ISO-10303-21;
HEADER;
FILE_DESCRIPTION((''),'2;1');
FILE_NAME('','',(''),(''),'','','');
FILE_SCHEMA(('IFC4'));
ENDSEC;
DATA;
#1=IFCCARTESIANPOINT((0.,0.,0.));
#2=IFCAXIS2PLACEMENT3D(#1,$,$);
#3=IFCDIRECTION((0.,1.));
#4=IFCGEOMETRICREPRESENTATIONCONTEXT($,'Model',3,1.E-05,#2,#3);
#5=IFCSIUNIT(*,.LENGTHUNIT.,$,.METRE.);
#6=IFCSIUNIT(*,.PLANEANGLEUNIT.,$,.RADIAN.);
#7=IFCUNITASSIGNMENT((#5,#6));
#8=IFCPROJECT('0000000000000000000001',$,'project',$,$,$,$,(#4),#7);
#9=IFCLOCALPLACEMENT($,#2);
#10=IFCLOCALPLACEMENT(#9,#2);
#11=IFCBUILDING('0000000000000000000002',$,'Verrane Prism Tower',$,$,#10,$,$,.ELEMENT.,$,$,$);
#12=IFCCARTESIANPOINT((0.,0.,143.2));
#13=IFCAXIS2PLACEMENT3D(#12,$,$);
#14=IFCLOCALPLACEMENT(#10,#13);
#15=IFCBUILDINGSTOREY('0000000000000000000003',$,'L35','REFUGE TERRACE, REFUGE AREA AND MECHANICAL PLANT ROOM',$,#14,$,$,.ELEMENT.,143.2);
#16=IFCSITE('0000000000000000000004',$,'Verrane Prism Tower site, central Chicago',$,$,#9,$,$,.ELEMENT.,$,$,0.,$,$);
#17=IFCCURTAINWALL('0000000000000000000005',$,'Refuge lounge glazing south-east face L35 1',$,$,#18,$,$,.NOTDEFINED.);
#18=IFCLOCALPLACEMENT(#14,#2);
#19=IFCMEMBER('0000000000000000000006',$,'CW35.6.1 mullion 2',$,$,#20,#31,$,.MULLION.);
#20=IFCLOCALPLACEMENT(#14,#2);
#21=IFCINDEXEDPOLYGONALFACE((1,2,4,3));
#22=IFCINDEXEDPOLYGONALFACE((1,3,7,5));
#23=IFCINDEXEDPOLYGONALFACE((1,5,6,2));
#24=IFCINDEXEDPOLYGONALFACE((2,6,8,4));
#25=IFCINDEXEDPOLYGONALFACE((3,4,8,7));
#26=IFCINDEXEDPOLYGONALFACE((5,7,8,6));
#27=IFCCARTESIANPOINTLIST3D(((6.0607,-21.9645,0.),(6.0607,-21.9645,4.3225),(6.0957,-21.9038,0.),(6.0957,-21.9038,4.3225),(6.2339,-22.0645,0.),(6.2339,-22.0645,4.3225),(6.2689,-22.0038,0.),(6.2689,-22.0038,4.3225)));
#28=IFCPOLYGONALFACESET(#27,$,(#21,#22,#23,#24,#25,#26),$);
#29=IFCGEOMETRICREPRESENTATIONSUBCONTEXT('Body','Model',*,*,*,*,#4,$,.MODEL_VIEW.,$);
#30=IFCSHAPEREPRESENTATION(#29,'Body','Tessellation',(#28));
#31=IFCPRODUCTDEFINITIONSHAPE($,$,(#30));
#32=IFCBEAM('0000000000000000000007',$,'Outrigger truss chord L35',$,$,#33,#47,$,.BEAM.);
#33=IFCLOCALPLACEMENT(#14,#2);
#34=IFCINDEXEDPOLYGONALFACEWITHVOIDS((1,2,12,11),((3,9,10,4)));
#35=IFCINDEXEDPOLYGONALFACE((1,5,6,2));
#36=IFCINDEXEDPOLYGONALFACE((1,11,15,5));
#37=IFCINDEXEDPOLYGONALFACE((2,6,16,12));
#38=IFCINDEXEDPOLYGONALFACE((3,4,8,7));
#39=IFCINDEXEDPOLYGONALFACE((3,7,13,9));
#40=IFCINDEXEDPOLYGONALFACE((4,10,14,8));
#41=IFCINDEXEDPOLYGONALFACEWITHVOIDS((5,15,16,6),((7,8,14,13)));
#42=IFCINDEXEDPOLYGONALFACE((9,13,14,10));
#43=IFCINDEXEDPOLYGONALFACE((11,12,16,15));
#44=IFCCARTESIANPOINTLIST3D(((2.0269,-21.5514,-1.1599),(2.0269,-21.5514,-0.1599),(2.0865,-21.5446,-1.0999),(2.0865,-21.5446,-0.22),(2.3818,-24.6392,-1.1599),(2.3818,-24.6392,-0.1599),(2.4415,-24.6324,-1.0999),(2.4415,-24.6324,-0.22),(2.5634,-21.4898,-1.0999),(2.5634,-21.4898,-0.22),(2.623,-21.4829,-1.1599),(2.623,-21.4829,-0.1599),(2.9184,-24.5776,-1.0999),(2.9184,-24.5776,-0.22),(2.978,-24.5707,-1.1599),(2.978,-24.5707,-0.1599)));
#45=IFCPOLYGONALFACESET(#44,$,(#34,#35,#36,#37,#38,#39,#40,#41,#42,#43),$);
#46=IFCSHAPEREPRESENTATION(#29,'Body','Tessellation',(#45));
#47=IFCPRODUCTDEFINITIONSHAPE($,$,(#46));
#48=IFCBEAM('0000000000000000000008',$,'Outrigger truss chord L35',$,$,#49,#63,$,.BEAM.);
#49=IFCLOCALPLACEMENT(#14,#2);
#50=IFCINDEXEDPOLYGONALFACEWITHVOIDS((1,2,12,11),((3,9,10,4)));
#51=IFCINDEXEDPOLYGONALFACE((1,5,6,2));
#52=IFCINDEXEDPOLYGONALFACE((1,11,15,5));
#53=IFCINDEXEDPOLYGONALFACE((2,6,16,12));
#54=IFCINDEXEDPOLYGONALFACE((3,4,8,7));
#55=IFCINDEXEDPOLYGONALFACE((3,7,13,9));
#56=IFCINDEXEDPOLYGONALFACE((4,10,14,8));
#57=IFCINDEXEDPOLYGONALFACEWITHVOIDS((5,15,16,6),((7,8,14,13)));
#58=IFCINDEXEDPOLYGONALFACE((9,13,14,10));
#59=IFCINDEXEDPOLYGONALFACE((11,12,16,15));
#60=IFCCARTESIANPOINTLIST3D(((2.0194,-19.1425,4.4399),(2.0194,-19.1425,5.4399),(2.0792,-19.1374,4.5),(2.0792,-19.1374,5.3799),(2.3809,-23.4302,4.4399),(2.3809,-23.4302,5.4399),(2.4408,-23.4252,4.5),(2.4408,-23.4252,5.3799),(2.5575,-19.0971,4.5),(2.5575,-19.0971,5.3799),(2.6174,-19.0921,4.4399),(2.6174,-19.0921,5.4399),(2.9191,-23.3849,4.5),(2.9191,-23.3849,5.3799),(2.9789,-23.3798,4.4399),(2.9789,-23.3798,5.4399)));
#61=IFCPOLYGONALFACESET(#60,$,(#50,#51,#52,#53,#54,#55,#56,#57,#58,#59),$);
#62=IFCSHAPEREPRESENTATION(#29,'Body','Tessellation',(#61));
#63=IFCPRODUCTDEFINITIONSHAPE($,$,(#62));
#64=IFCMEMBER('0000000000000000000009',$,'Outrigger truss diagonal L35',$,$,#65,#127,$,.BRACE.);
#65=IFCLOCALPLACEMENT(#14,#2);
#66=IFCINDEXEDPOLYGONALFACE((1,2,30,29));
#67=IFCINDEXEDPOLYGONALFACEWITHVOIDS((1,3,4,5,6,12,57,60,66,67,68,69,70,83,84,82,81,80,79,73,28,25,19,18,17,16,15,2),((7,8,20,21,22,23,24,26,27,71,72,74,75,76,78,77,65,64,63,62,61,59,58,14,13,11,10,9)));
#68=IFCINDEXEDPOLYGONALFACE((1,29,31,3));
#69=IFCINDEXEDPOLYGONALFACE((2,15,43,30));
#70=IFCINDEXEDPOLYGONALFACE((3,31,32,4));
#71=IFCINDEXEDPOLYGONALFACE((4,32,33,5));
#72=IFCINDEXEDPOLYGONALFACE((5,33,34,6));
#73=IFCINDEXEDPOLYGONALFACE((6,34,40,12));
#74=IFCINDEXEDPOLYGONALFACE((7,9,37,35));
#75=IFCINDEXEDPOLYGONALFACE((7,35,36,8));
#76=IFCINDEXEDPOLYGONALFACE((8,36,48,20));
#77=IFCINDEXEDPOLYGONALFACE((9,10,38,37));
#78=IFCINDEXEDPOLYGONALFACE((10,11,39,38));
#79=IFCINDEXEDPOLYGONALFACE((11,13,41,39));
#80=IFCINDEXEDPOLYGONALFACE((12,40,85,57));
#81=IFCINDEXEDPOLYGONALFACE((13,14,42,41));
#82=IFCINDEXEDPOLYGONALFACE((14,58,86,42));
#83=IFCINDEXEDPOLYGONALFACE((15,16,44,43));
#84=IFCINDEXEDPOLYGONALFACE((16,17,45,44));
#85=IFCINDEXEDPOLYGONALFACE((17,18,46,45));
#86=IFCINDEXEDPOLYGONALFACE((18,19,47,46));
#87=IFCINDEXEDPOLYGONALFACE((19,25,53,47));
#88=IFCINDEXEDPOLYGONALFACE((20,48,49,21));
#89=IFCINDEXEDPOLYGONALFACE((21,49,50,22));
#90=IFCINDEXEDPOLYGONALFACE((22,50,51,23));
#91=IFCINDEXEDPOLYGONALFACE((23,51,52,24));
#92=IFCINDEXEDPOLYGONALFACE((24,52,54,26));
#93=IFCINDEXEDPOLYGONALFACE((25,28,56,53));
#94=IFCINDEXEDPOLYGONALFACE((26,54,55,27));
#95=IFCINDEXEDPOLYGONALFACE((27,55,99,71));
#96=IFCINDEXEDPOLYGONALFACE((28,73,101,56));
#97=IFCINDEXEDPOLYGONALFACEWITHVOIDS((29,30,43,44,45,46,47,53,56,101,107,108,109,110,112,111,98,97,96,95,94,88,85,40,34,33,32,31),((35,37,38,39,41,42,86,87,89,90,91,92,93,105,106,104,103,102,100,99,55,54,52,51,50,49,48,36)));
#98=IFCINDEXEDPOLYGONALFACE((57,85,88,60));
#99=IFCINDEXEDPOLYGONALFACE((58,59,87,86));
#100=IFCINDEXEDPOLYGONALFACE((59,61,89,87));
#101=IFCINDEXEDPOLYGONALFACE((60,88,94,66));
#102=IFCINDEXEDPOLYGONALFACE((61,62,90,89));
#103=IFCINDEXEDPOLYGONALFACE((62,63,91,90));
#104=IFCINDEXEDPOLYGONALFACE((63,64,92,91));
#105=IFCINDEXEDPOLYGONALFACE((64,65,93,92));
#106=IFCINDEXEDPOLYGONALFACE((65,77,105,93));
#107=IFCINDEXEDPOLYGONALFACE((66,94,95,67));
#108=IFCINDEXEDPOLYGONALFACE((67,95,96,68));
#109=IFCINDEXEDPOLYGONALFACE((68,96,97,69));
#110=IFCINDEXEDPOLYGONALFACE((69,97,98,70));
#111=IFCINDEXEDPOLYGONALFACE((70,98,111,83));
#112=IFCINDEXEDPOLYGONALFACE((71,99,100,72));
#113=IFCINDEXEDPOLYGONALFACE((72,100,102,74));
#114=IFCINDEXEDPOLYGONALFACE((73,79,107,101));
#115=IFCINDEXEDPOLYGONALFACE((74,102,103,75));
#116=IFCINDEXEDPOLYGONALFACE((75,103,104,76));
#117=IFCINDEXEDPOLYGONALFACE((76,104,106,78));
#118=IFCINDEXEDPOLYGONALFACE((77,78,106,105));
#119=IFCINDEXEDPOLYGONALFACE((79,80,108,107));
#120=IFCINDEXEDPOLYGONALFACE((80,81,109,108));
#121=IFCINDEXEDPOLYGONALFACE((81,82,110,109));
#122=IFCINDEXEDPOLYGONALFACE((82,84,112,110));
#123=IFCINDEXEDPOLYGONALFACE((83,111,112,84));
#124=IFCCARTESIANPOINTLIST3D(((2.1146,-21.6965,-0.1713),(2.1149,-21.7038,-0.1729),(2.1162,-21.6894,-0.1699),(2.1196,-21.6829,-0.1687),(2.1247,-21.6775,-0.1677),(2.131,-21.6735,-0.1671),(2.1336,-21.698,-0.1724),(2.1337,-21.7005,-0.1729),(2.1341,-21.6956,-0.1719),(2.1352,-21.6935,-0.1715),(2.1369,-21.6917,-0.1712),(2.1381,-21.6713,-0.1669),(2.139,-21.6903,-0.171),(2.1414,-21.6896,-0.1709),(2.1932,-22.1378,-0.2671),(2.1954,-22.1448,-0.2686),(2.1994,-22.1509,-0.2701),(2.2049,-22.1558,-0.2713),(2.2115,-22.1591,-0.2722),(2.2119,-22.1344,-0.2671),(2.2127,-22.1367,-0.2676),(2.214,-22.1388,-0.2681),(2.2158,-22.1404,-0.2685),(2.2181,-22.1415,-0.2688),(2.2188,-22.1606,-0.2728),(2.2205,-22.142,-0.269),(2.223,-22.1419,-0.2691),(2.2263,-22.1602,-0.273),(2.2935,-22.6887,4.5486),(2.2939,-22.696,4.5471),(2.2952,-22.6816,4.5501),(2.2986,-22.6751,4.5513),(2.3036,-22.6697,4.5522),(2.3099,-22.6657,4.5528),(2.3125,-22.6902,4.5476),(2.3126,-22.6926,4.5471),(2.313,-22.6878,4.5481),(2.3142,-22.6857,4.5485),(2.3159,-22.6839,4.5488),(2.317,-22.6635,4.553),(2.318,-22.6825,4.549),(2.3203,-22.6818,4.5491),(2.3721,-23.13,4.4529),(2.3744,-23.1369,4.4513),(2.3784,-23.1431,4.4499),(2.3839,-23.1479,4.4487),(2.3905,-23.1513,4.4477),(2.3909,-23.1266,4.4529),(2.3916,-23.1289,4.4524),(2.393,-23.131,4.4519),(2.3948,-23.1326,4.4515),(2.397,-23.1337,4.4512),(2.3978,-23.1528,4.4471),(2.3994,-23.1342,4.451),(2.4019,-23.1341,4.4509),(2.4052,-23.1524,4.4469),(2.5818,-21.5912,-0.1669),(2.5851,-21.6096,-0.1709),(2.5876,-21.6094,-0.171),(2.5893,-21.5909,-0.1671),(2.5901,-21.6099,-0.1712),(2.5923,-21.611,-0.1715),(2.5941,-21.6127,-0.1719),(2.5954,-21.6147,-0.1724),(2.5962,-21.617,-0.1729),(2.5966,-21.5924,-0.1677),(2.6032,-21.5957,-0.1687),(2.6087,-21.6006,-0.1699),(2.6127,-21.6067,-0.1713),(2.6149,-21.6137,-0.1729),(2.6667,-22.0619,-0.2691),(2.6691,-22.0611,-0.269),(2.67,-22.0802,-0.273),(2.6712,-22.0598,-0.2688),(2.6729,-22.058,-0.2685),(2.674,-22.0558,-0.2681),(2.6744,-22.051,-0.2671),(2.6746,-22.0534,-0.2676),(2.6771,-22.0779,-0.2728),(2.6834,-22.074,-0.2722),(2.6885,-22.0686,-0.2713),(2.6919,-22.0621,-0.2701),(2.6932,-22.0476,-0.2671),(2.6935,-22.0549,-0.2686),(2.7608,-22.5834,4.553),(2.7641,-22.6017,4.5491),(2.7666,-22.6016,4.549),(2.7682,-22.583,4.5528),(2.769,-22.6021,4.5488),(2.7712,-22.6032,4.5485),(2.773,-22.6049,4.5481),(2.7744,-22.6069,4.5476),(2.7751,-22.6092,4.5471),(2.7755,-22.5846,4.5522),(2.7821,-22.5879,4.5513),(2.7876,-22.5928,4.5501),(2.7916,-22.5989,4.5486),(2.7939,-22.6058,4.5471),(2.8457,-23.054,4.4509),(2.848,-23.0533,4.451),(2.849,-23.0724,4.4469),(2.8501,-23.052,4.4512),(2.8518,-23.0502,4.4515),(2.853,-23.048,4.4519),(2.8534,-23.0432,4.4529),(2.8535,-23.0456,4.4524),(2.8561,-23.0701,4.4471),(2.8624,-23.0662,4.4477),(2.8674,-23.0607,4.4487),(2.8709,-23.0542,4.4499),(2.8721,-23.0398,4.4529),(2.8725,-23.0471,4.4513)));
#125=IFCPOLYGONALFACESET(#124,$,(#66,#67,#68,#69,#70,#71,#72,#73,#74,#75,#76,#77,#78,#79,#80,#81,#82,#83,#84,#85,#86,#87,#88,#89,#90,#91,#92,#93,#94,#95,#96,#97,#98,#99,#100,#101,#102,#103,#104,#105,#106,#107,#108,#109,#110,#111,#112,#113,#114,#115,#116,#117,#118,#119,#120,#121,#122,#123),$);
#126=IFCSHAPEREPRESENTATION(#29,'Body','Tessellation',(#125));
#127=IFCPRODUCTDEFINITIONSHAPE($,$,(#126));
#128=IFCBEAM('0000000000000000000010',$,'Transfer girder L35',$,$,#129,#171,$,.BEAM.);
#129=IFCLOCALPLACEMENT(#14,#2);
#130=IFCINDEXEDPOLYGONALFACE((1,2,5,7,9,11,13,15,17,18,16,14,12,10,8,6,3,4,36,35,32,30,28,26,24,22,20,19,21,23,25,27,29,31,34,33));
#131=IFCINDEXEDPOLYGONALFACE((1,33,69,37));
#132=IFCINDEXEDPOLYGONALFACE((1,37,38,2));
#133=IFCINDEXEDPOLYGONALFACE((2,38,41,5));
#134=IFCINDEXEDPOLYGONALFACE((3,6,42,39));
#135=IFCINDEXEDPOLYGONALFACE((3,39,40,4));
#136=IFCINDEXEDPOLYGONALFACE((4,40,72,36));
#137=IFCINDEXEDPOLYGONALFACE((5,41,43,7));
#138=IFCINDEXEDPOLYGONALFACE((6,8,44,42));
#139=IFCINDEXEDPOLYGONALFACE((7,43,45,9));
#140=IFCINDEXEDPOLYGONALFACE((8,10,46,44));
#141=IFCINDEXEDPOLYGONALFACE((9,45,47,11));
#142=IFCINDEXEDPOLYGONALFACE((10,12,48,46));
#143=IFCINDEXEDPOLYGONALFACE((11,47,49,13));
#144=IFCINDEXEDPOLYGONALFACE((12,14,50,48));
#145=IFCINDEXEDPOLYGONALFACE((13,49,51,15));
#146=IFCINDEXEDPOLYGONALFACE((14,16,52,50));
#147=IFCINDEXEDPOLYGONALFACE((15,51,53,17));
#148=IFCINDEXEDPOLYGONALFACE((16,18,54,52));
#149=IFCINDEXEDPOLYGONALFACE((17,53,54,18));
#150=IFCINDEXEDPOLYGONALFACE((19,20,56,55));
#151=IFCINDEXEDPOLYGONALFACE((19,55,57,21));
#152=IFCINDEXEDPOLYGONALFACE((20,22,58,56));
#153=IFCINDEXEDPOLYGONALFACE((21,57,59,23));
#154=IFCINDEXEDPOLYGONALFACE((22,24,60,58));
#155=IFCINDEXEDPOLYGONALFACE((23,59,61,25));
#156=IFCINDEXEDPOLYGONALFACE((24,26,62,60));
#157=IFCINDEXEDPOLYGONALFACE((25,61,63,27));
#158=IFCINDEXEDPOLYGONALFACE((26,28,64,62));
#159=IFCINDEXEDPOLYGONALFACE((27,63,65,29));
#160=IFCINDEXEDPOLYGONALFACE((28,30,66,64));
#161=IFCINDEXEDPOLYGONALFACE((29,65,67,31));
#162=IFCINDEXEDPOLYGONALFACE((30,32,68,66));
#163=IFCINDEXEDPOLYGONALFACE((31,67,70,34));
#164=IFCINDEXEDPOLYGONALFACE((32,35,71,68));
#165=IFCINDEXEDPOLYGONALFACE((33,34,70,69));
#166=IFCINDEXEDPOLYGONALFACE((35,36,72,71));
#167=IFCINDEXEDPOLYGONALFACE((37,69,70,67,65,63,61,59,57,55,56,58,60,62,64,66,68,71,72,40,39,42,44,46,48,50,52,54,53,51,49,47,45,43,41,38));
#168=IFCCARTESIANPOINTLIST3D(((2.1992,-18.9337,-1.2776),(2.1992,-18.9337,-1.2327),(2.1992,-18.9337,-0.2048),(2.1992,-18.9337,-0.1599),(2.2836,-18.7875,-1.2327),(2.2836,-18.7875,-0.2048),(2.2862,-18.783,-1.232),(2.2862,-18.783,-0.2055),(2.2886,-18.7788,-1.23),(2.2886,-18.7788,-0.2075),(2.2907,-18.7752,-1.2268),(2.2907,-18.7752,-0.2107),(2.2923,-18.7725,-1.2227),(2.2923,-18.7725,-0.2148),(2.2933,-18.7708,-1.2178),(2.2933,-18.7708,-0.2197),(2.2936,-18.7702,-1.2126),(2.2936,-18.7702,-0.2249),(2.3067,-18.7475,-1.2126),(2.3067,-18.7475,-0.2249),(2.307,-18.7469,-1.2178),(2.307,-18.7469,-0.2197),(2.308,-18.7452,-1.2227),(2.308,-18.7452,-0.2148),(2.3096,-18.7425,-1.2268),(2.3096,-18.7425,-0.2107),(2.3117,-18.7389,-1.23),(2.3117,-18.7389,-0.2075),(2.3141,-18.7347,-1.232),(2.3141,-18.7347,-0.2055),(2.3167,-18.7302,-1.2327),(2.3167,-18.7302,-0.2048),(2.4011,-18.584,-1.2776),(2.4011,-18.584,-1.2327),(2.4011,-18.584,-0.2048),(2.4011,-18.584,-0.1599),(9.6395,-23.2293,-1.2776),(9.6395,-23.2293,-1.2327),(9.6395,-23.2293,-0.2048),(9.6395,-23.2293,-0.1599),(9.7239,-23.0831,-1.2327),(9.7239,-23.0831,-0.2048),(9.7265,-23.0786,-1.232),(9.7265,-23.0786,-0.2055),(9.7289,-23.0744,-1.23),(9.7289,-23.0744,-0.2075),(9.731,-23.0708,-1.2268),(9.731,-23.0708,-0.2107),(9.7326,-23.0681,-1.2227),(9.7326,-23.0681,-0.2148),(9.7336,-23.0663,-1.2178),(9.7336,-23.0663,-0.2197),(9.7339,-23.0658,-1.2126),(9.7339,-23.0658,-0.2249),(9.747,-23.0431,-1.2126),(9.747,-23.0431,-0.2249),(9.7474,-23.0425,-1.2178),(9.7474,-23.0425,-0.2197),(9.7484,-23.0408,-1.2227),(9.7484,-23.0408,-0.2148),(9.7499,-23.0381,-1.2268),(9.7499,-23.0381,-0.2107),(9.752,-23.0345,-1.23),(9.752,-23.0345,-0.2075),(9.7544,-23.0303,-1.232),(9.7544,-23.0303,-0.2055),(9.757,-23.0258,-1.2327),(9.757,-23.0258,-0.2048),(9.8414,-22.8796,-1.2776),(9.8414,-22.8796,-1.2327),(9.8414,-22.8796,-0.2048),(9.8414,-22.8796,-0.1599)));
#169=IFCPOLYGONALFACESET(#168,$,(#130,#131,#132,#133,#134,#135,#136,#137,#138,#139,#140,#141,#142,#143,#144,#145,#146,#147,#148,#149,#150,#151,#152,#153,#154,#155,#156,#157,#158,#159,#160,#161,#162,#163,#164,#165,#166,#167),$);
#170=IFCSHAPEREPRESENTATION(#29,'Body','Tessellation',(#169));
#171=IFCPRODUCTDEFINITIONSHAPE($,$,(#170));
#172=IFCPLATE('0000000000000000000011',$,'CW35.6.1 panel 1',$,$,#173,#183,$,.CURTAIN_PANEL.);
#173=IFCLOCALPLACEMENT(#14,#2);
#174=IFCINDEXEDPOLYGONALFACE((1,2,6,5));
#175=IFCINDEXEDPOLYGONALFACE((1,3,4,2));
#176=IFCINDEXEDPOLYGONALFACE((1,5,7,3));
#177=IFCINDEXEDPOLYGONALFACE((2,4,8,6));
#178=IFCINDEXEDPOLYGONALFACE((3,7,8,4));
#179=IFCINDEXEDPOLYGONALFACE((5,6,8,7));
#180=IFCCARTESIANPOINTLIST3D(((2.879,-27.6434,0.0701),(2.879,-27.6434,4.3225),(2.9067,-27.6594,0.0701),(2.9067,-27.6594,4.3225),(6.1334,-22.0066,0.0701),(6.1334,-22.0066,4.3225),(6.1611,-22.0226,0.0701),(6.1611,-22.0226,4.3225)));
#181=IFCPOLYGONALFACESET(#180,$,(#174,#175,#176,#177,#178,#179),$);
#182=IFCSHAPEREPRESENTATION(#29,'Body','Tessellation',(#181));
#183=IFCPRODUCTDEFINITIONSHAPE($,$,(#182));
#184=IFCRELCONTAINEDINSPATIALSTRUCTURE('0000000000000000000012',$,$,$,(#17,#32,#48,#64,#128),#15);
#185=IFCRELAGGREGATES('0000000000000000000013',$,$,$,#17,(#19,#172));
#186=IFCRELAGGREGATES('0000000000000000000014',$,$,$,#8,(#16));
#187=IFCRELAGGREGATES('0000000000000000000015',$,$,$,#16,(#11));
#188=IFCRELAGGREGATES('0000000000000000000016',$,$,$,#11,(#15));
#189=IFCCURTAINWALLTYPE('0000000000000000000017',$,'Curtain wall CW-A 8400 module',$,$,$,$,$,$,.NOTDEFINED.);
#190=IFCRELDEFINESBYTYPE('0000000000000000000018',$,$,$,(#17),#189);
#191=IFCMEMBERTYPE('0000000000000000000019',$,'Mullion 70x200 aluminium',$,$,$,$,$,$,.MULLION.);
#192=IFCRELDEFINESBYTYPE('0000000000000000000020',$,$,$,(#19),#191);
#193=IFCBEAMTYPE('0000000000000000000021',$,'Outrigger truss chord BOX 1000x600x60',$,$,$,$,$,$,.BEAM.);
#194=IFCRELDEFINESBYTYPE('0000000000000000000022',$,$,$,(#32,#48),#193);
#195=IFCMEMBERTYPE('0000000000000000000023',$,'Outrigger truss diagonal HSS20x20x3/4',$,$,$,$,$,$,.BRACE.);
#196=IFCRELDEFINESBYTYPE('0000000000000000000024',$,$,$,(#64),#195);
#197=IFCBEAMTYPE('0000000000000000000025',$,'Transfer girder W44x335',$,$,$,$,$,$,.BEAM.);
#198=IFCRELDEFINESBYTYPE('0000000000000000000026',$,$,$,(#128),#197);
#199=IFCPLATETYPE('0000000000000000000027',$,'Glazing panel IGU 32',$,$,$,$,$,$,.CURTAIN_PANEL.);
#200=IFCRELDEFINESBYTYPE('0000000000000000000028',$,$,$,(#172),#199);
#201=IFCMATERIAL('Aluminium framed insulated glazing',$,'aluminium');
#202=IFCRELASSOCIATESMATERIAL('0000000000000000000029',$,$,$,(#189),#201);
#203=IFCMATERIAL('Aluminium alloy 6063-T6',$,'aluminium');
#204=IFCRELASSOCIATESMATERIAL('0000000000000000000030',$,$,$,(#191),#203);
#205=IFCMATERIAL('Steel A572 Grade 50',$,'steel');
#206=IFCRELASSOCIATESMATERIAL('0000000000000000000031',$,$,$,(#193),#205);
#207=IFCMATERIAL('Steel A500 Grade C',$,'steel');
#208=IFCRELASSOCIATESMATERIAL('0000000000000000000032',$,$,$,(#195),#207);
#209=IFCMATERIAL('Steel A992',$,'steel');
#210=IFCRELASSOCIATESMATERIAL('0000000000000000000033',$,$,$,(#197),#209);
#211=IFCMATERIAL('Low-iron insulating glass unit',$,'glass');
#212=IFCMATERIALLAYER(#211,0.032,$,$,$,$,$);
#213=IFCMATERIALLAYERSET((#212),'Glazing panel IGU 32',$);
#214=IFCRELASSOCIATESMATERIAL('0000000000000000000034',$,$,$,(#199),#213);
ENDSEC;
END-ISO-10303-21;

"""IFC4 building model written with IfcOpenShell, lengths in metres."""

from ifc_helpers import new_model, si_unit, direction, frame, origin, origin_2d, place, context, subcontext, project, spatial, rectangle, hollow_rectangle, i_section, extrude, material, layer, layer_set, material_profile, profile_set, type_object, element, aggregate, save


model = new_model("IFC4")

# Units and contexts
model_context = context("Model", 3, precision=1e-05, world=origin(), true_north=direction((0.0, 1.0)))
body_context = subcontext(model_context, "Body", "Model", "MODEL_VIEW")
ifc_project = project(units=[si_unit("LENGTHUNIT", "METRE"), si_unit("PLANEANGLEUNIT", "RADIAN")], contexts=[model_context])

# Site, building, storey
site_placement = place(None, origin())
site = spatial("IfcSite", under=ifc_project, at=site_placement, Name="Verrane Prism Tower site, central Chicago", CompositionType="ELEMENT", RefElevation=0.0)
building_placement = place(site_placement, origin())
building = spatial("IfcBuilding", under=site, at=building_placement, Name="Verrane Prism Tower", CompositionType="ELEMENT")
storey_placement = place(building_placement, frame((0.0, 0.0, 143.2)))
storey = spatial("IfcBuildingStorey", under=building, at=storey_placement, Name="L35", Description="REFUGE TERRACE, REFUGE AREA AND MECHANICAL PLANT ROOM", CompositionType="ELEMENT", Elevation=143.2)

# Curtain wall, member
ifc_material_1 = material(Name="Aluminium framed insulated glazing", Category="aluminium")
curtain_wall_type = type_object("IfcCurtainWallType", Name="Curtain wall CW-A 8400 module", PredefinedType="NOTDEFINED", material=ifc_material_1)
curtain_wall_placement = place(storey_placement, origin())
curtain_wall = element("IfcCurtainWall", 1, at=curtain_wall_placement, inside=storey, type_object=curtain_wall_type, Name="Refuge lounge glazing south-east face L35 1", PredefinedType="NOTDEFINED")
ifc_material_2 = material(Name="Aluminium alloy 6063-T6", Category="aluminium")
ifc_material_profile_1 = material_profile(ifc_material_2, rectangle(XDim=0.2, YDim=0.0701, at=origin_2d()), Name="Mullion 70x200 aluminium")
ifc_profile_set_1 = profile_set([ifc_material_profile_1], Name="Aluminium alloy 6063-T6")
member_type_1 = type_object("IfcMemberType", Name="Mullion 70x200 aluminium", PredefinedType="MULLION", material=ifc_profile_set_1)
member_1_placement = place(storey_placement, frame((6.1648, -21.9841, 0.0), z_axis=(0.0, 0.0, 1.0), x_axis=(-0.866024, 0.500002, 0.0)))
member_1 = element("IfcMember", 2, at=member_1_placement, type_object=member_type_1, Name="CW35.6.1 mullion 2", PredefinedType="MULLION", context=body_context, shape_type="SweptSolid", body=[
    extrude(rectangle(XDim=0.2, YDim=0.0701, at=origin_2d()), origin(), (0.0, 0.0, 1.0), 4.3225),
])

# Beams
ifc_material_3 = material(Name="Steel A572 Grade 50", Category="steel")
ifc_material_profile_2 = material_profile(ifc_material_3, hollow_rectangle(XDim=0.6001, YDim=1.0, WallThickness=0.0601, at=origin_2d()), Name="BOX 1000x600x60")
ifc_profile_set_2 = profile_set([ifc_material_profile_2], Name="Steel A572 Grade 50")
beam_type_1 = type_object("IfcBeamType", Name="Outrigger truss chord BOX 1000x600x60", PredefinedType="BEAM", material=ifc_profile_set_2)
beam_1_placement = place(storey_placement, frame((2.6799, -24.605, -0.6599), z_axis=(-0.114207, 0.993457, 0.0), x_axis=(-0.993457, -0.114207, 0.0)))
element("IfcBeam", 3, at=beam_1_placement, inside=storey, type_object=beam_type_1, Name="Outrigger truss chord L35", PredefinedType="BEAM", context=body_context, shape_type="SweptSolid", body=[
    extrude(hollow_rectangle(XDim=0.6001, YDim=1.0, WallThickness=0.0601, at=origin_2d()), origin(), (0.0, 0.0, 1.0), 3.1082),
])
beam_2_placement = place(storey_placement, frame((2.6799, -23.405, 4.9399), z_axis=(-0.084027, 0.996463, 0.0), x_axis=(-0.996463, -0.084027, 0.0)))
element("IfcBeam", 4, at=beam_2_placement, inside=storey, type_object=beam_type_1, Name="Outrigger truss chord L35", PredefinedType="BEAM", context=body_context, shape_type="SweptSolid", body=[
    extrude(hollow_rectangle(XDim=0.6001, YDim=1.0, WallThickness=0.0601, at=origin_2d()), origin(), (0.0, 0.0, 1.0), 4.303),
])

# Member
ifc_material_4 = material(Name="Steel A500 Grade C", Category="steel")
ifc_material_profile_3 = material_profile(ifc_material_4, hollow_rectangle(XDim=0.5081, YDim=0.5081, WallThickness=0.019, InnerFilletRadius=0.0095, OuterFilletRadius=0.0286, at=origin_2d()), Name="HSS20x20x3/4")
ifc_profile_set_3 = profile_set([ifc_material_profile_3], Name="Steel A500 Grade C")
member_type_2 = type_object("IfcMemberType", Name="Outrigger truss diagonal HSS20x20x3/4", PredefinedType="BRACE", material=ifc_profile_set_3)
member_2_placement = place(storey_placement, frame((2.4041, -21.8757, -0.22), z_axis=(0.037078, -0.205573, 0.977939), x_axis=(0.984121, 0.1775, 0.0)))
element("IfcMember", 5, at=member_2_placement, inside=storey, type_object=member_type_2, Name="Outrigger truss diagonal L35", PredefinedType="BRACE", context=body_context, shape_type="SweptSolid", body=[
    extrude(hollow_rectangle(XDim=0.5081, YDim=0.5081, WallThickness=0.019, InnerFilletRadius=0.0095, OuterFilletRadius=0.0286, at=origin_2d()), origin(), (0.0, 0.0, 1.0), 4.8264),
])

# Beam
ifc_material_5 = material(Name="Steel A992", Category="steel")
ifc_material_profile_4 = material_profile(ifc_material_5, i_section(OverallWidth=0.4038, OverallDepth=1.1177, WebThickness=0.0261, FlangeThickness=0.0449, FilletRadius=0.02, at=origin_2d()), Name="W44x335")
ifc_profile_set_4 = profile_set([ifc_material_profile_4], Name="Steel A992")
beam_type_2 = type_object("IfcBeamType", Name="Transfer girder W44x335", PredefinedType="BEAM", material=ifc_profile_set_4)
beam_3_placement = place(storey_placement, frame((9.7405, -23.0544, -0.7188), z_axis=(-0.866029, 0.499993, 0.0), x_axis=(-0.499993, -0.866029, 0.0)))
element("IfcBeam", 6, at=beam_3_placement, inside=storey, type_object=beam_type_2, Name="Transfer girder L35", PredefinedType="BEAM", context=body_context, shape_type="SweptSolid", body=[
    extrude(i_section(OverallWidth=0.4038, OverallDepth=1.1177, WebThickness=0.0261, FlangeThickness=0.0449, FilletRadius=0.02, at=origin_2d()), origin(), (0.0, 0.0, 1.0), 8.5913),
])

# Plate
ifc_material_6 = material(Name="Low-iron insulating glass unit", Category="glass")
ifc_layer_1 = layer(ifc_material_6, 0.032)
ifc_layer_set_1 = layer_set([ifc_layer_1], Name="Glazing panel IGU 32")
plate_type = type_object("IfcPlateType", Name="Glazing panel IGU 32", PredefinedType="CURTAIN_PANEL", material=ifc_layer_set_1)
plate_placement = place(storey_placement, frame((4.52, -24.833, 0.0701), z_axis=(0.0, 0.0, 1.0), x_axis=(0.500002, 0.866024, 0.0)))
plate = element("IfcPlate", 7, at=plate_placement, type_object=plate_type, Name="CW35.6.1 panel 1", PredefinedType="CURTAIN_PANEL", context=body_context, shape_type="SweptSolid", body=[
    extrude(rectangle(XDim=6.5088, YDim=0.032, at=origin_2d()), origin(), (0.0, 0.0, 1.0), 4.2524),
])
aggregate(curtain_wall, [member_1, plate])

save(model, "model.ifc")
